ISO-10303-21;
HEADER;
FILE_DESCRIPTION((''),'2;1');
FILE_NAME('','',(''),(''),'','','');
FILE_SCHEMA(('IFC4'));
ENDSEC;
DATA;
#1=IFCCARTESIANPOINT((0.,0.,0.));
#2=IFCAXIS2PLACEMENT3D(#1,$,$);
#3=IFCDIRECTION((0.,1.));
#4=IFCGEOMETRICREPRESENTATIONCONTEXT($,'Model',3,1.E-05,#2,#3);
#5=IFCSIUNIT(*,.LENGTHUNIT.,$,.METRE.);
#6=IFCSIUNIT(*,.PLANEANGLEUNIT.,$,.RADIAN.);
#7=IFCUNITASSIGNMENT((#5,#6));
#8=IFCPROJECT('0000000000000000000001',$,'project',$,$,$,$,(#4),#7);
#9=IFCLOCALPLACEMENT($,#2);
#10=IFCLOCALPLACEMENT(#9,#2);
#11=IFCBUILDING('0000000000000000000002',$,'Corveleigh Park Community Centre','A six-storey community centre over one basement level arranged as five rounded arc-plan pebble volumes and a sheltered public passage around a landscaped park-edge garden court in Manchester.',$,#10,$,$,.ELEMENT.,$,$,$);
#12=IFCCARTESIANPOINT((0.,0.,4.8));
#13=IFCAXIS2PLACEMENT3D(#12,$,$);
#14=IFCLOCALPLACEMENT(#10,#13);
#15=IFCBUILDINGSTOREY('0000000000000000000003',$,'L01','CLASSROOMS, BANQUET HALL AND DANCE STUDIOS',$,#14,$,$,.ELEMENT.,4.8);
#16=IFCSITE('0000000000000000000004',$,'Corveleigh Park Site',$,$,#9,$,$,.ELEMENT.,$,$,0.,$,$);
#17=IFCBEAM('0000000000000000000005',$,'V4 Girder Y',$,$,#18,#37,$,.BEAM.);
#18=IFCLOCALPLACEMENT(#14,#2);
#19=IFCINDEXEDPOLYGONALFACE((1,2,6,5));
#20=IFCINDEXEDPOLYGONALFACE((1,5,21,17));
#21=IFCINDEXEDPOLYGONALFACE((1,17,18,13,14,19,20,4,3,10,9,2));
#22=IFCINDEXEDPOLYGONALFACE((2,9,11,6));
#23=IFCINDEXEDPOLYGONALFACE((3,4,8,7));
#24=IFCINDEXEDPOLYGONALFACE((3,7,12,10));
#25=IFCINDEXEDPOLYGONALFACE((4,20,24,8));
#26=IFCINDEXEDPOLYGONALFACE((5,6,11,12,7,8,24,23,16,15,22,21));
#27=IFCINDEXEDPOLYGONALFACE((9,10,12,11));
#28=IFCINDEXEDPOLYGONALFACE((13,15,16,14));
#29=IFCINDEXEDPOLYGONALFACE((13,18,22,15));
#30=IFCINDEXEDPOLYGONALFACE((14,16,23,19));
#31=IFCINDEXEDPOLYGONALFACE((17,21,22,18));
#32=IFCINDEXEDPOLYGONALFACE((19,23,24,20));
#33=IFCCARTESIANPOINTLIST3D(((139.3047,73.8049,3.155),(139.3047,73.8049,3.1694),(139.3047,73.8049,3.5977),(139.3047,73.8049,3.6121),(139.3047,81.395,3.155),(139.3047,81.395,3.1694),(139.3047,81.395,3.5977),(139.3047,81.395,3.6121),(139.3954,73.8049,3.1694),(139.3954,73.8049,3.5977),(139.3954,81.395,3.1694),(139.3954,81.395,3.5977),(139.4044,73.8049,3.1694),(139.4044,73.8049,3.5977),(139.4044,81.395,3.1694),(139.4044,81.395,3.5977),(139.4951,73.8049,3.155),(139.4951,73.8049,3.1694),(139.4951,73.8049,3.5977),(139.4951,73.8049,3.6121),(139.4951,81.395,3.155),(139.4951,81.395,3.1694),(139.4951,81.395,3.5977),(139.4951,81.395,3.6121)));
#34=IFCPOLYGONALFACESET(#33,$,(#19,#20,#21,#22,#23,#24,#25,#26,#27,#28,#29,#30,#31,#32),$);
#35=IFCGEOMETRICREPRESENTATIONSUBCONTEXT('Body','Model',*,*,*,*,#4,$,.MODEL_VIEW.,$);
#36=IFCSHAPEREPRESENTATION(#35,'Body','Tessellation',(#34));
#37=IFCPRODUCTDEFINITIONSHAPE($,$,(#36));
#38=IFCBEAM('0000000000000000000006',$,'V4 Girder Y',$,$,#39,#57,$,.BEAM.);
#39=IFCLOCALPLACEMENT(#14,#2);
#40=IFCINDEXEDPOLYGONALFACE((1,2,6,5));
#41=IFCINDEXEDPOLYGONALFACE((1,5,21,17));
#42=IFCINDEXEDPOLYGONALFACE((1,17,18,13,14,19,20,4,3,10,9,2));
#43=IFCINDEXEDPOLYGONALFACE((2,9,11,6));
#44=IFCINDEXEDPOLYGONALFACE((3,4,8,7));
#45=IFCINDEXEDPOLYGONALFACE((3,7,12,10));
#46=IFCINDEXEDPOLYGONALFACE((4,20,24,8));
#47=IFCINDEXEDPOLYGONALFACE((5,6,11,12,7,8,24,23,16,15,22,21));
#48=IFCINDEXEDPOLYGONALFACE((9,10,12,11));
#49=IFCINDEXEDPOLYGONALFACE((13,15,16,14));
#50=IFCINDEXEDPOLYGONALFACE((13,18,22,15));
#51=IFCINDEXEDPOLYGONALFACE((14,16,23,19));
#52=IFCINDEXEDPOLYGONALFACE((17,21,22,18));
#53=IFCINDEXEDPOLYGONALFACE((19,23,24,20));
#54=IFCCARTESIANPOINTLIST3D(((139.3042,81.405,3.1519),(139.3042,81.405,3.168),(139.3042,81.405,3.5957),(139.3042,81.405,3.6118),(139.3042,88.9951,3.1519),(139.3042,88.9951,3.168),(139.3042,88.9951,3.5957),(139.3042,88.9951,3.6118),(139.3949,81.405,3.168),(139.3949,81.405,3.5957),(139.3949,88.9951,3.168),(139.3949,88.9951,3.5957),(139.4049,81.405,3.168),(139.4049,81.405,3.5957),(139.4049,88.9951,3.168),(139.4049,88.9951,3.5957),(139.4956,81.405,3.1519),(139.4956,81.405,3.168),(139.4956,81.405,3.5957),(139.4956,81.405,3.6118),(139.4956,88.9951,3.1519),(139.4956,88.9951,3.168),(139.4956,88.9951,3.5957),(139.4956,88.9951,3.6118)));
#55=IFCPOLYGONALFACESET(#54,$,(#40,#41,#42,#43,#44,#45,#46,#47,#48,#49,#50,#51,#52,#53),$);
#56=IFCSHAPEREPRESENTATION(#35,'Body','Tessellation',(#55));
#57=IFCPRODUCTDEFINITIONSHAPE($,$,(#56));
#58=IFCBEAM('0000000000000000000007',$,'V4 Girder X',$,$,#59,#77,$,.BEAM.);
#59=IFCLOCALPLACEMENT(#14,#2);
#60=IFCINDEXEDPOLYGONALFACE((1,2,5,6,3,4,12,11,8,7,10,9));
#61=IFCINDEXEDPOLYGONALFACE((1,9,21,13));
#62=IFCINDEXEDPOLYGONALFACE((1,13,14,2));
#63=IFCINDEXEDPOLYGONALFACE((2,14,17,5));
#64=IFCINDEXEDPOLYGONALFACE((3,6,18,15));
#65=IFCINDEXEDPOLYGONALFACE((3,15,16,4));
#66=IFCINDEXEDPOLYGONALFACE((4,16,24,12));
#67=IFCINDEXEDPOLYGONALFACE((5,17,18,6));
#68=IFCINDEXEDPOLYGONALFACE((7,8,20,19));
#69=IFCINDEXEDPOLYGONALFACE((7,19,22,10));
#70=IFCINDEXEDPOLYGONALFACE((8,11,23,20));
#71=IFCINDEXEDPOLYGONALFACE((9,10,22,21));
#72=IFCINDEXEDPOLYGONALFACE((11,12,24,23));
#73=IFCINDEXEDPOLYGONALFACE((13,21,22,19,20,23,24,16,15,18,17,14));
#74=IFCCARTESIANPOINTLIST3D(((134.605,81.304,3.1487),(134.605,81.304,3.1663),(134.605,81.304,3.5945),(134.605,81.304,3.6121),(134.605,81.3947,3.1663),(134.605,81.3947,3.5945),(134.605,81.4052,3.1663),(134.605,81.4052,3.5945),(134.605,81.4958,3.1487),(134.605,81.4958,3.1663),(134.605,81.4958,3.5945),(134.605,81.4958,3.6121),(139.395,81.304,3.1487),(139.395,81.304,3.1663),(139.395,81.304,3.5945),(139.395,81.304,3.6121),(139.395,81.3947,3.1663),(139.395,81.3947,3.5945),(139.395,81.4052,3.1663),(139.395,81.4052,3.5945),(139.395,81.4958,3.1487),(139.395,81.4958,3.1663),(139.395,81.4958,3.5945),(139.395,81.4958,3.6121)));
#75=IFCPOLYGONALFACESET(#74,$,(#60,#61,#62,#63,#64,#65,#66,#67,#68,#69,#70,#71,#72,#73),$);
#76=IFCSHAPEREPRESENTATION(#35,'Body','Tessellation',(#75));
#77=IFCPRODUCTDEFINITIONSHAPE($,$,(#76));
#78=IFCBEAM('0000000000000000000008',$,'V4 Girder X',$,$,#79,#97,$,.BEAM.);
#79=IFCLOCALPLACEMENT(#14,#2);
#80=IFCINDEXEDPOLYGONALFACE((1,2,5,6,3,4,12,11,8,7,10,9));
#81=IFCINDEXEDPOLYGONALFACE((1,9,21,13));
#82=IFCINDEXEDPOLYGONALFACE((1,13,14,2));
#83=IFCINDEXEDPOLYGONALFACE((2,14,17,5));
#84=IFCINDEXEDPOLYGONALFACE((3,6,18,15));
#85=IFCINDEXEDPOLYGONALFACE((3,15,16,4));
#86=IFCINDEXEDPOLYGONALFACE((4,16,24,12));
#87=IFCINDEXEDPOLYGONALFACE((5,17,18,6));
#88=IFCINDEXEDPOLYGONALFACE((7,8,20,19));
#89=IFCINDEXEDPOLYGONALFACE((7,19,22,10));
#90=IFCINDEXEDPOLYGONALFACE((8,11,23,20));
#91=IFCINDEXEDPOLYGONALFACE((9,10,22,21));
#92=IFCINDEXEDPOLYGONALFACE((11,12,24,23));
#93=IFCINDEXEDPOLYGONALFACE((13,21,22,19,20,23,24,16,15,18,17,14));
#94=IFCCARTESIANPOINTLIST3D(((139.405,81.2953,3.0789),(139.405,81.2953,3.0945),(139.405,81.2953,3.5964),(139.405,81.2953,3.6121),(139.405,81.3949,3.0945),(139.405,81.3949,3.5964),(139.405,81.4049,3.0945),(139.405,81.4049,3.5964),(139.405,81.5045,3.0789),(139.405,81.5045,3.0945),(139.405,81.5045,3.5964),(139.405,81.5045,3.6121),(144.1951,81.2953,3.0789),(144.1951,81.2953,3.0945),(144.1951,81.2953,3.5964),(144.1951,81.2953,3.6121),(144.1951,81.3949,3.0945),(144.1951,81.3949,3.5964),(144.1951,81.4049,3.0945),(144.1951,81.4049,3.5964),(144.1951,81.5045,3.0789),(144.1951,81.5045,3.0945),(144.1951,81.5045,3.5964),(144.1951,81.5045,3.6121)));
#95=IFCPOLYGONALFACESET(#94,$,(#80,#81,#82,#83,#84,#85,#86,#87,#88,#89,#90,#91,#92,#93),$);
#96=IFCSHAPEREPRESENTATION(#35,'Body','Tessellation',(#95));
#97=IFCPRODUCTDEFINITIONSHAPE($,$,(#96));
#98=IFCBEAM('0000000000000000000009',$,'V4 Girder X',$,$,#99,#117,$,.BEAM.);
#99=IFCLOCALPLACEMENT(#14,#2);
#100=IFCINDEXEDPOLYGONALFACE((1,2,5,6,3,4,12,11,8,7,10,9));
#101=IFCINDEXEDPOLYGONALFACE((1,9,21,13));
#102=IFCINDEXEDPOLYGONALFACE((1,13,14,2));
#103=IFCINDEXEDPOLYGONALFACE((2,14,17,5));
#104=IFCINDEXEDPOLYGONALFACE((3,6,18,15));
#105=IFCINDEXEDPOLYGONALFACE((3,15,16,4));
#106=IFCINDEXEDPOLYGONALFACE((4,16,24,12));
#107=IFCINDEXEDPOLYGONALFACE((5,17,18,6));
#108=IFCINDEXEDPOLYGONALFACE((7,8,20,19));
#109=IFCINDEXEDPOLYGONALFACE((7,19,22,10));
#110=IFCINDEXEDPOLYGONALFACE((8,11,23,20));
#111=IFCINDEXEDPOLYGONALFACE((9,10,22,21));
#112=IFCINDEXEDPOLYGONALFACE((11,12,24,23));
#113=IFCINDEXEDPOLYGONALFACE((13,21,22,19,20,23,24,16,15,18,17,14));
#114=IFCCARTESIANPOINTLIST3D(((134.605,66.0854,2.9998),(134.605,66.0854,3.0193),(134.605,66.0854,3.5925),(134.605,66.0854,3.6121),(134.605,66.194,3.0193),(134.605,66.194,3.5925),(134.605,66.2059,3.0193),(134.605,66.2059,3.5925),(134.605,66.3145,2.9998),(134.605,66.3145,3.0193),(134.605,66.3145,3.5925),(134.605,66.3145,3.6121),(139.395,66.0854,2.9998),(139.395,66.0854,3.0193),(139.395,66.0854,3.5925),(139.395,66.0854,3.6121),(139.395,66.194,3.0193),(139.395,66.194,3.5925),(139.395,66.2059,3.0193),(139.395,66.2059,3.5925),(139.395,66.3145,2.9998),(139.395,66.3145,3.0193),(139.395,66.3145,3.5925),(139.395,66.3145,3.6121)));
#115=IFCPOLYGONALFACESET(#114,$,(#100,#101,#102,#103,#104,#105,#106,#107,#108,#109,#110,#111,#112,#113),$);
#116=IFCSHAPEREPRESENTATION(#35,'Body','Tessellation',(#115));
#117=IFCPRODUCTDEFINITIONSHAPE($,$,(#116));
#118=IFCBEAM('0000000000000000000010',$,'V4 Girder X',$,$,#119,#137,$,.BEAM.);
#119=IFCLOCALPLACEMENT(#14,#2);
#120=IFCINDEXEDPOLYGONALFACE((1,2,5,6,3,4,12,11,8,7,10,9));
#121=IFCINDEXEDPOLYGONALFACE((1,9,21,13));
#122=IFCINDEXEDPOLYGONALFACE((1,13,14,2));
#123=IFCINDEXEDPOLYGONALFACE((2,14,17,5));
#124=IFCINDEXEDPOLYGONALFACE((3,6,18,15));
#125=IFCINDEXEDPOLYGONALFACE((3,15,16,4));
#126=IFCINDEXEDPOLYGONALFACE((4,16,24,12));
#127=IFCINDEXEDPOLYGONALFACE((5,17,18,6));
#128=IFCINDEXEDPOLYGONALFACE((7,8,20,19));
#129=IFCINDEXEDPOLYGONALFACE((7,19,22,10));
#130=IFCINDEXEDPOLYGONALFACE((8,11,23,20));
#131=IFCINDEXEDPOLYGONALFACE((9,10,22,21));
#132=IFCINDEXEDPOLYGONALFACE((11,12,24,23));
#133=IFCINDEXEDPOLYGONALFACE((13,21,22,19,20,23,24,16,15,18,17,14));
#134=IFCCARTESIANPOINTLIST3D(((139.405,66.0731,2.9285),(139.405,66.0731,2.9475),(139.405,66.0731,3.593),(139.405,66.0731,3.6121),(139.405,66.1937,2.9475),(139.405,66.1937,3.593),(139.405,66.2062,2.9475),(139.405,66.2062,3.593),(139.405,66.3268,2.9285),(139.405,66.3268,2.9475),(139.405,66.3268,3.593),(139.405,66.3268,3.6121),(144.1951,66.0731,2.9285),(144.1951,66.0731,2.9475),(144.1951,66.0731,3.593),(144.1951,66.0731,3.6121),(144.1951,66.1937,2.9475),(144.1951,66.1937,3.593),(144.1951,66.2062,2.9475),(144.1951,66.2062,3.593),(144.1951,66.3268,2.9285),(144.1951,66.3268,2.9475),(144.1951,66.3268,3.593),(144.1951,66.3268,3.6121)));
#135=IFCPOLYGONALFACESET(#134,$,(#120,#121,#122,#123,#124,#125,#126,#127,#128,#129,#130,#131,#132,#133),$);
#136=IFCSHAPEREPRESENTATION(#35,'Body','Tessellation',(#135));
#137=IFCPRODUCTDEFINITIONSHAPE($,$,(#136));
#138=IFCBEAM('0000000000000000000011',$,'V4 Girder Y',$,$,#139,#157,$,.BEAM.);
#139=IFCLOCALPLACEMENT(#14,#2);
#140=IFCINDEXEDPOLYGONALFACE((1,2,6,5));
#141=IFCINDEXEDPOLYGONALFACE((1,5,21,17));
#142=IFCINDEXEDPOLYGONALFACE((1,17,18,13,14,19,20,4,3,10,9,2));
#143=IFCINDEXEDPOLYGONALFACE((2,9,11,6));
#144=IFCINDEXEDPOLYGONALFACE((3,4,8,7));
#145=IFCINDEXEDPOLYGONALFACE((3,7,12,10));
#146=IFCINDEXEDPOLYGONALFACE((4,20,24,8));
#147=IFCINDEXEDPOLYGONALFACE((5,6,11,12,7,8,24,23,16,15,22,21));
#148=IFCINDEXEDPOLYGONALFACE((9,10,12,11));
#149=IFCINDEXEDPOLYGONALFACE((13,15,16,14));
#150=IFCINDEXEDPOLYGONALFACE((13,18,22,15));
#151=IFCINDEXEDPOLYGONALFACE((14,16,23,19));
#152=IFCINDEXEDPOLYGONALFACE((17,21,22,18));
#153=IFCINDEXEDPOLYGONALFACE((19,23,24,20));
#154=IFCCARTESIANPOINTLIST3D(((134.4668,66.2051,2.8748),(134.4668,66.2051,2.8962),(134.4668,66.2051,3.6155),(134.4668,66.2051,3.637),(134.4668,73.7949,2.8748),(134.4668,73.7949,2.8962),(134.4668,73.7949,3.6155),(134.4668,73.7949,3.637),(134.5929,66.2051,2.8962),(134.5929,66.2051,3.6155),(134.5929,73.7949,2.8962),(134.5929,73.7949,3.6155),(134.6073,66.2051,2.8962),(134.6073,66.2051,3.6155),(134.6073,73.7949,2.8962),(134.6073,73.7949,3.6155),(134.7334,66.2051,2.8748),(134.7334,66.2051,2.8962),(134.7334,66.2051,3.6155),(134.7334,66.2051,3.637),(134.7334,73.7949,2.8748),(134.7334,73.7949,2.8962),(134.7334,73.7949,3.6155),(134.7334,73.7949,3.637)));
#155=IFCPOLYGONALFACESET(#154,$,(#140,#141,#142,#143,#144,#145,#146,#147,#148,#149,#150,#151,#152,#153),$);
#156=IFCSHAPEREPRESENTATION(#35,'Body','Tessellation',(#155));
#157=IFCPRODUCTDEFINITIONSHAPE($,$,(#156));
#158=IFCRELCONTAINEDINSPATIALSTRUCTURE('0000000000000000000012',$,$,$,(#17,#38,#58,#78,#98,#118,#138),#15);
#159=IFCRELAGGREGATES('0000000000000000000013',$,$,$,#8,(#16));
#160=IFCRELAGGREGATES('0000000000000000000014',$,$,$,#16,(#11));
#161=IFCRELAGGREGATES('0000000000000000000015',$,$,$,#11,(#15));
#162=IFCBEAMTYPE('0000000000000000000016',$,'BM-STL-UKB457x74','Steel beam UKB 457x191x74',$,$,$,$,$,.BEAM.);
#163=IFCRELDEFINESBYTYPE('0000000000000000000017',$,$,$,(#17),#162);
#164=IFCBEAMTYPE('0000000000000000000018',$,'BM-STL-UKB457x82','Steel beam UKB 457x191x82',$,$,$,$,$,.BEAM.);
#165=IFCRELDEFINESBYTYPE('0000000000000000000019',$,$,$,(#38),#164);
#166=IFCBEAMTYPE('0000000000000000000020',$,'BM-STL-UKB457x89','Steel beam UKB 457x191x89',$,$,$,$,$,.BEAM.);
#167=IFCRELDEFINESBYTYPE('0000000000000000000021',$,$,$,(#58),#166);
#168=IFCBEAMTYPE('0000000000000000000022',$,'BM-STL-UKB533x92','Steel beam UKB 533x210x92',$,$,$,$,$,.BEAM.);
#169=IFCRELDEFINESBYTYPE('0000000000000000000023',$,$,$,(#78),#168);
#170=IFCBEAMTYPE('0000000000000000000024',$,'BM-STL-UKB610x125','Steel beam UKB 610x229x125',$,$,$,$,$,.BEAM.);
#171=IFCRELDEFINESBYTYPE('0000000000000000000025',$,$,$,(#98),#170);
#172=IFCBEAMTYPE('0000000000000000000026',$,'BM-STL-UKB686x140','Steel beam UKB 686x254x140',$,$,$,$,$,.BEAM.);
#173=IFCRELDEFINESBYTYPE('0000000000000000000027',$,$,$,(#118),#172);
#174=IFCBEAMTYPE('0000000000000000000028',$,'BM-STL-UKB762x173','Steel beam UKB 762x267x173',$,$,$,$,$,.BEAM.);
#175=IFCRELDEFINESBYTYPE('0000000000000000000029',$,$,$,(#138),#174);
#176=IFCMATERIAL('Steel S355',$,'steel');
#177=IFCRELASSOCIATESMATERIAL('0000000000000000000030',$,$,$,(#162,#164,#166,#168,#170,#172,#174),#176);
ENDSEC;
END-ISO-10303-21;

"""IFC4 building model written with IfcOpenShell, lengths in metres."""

from ifc_helpers import new_model, si_unit, direction, frame, origin, origin_2d, place, context, subcontext, project, spatial, i_section, extrude, material, material_profile, profile_set, type_object, element, save


model = new_model("IFC4")

# Units and contexts
model_context = context("Model", 3, precision=1e-05, world=origin(), true_north=direction((0.0, 1.0)))
body_context = subcontext(model_context, "Body", "Model", "MODEL_VIEW")
ifc_project = project(units=[si_unit("LENGTHUNIT", "METRE"), si_unit("PLANEANGLEUNIT", "RADIAN")], contexts=[model_context])

# Site, building, storey
site_placement = place(None, origin())
site = spatial("IfcSite", under=ifc_project, at=site_placement, Name="Corveleigh Park Site", CompositionType="ELEMENT", RefElevation=0.0)
building_placement = place(site_placement, origin())
building = spatial("IfcBuilding", under=site, at=building_placement, Name="Corveleigh Park Community Centre", Description="A six-storey community centre over one basement level arranged as five rounded arc-plan pebble volumes and a sheltered public passage around a landscaped park-edge garden court in Manchester.", CompositionType="ELEMENT")
storey_placement = place(building_placement, frame((0.0, 0.0, 4.8)))
storey = spatial("IfcBuildingStorey", under=building, at=storey_placement, Name="L01", Description="CLASSROOMS, BANQUET HALL AND DANCE STUDIOS", CompositionType="ELEMENT", Elevation=4.8)

# Shared definitions
ifc_material_1 = material(Name="Steel S355", Category="steel")

# Beams
ifc_material_profile_1 = material_profile(ifc_material_1, i_section(OverallWidth=0.1904, OverallDepth=0.457, WebThickness=0.009, FlangeThickness=0.0144, at=origin_2d()), Name="UKB 457x191x74", Category="steel")
ifc_profile_set_1 = profile_set([ifc_material_profile_1], Name="Steel S355")
beam_type_1 = type_object("IfcBeamType", Name="BM-STL-UKB457x74", Description="Steel beam UKB 457x191x74", PredefinedType="BEAM", material=ifc_profile_set_1)
beam_1_placement = place(storey_placement, frame((139.3999, 73.8049, 3.3835), z_axis=(0.0, 1.0, 0.0), x_axis=(-1.0, 0.0, 0.0)))
element("IfcBeam", 1, at=beam_1_placement, inside=storey, type_object=beam_type_1, Name="V4 Girder Y", PredefinedType="BEAM", context=body_context, shape_type="SweptSolid", body=[
    extrude(i_section(OverallWidth=0.1904, OverallDepth=0.457, WebThickness=0.009, FlangeThickness=0.0144, at=origin_2d()), origin(), (0.0, 0.0, 1.0), 7.5901),
])
ifc_material_profile_2 = material_profile(ifc_material_1, i_section(OverallWidth=0.1914, OverallDepth=0.46, WebThickness=0.01, FlangeThickness=0.0161, at=origin_2d()), Name="UKB 457x191x82", Category="steel")
ifc_profile_set_2 = profile_set([ifc_material_profile_2], Name="Steel S355")
beam_type_2 = type_object("IfcBeamType", Name="BM-STL-UKB457x82", Description="Steel beam UKB 457x191x82", PredefinedType="BEAM", material=ifc_profile_set_2)
beam_2_placement = place(storey_placement, frame((139.3999, 81.405, 3.3818), z_axis=(0.0, 1.0, 0.0), x_axis=(-1.0, 0.0, 0.0)))
element("IfcBeam", 2, at=beam_2_placement, inside=storey, type_object=beam_type_2, Name="V4 Girder Y", PredefinedType="BEAM", context=body_context, shape_type="SweptSolid", body=[
    extrude(i_section(OverallWidth=0.1914, OverallDepth=0.46, WebThickness=0.01, FlangeThickness=0.0161, at=origin_2d()), origin(), (0.0, 0.0, 1.0), 7.5901),
])
ifc_material_profile_3 = material_profile(ifc_material_1, i_section(OverallWidth=0.1919, OverallDepth=0.4634, WebThickness=0.0105, FlangeThickness=0.0176, at=origin_2d()), Name="UKB 457x191x89", Category="steel")
ifc_profile_set_3 = profile_set([ifc_material_profile_3], Name="Steel S355")
beam_type_3 = type_object("IfcBeamType", Name="BM-STL-UKB457x89", Description="Steel beam UKB 457x191x89", PredefinedType="BEAM", material=ifc_profile_set_3)
beam_3_placement = place(storey_placement, frame((134.605, 81.3999, 3.3804), z_axis=(1.0, 0.0, 0.0), x_axis=(0.0, 1.0, 0.0)))
element("IfcBeam", 3, at=beam_3_placement, inside=storey, type_object=beam_type_3, Name="V4 Girder X", PredefinedType="BEAM", context=body_context, shape_type="SweptSolid", body=[
    extrude(i_section(OverallWidth=0.1919, OverallDepth=0.4634, WebThickness=0.0105, FlangeThickness=0.0176, at=origin_2d()), origin(), (0.0, 0.0, 1.0), 4.79),
])
ifc_material_profile_4 = material_profile(ifc_material_1, i_section(OverallWidth=0.2092, OverallDepth=0.5332, WebThickness=0.01, FlangeThickness=0.0156, at=origin_2d()), Name="UKB 533x210x92", Category="steel")
ifc_profile_set_4 = profile_set([ifc_material_profile_4], Name="Steel S355")
beam_type_4 = type_object("IfcBeamType", Name="BM-STL-UKB533x92", Description="Steel beam UKB 533x210x92", PredefinedType="BEAM", material=ifc_profile_set_4)
beam_4_placement = place(storey_placement, frame((139.405, 81.3999, 3.3455), z_axis=(1.0, 0.0, 0.0), x_axis=(0.0, 1.0, 0.0)))
element("IfcBeam", 4, at=beam_4_placement, inside=storey, type_object=beam_type_4, Name="V4 Girder X", PredefinedType="BEAM", context=body_context, shape_type="SweptSolid", body=[
    extrude(i_section(OverallWidth=0.2092, OverallDepth=0.5332, WebThickness=0.01, FlangeThickness=0.0156, at=origin_2d()), origin(), (0.0, 0.0, 1.0), 4.79),
])
ifc_material_profile_5 = material_profile(ifc_material_1, i_section(OverallWidth=0.229, OverallDepth=0.6123, WebThickness=0.012, FlangeThickness=0.0195, at=origin_2d()), Name="UKB 610x229x125", Category="steel")
ifc_profile_set_5 = profile_set([ifc_material_profile_5], Name="Steel S355")
beam_type_5 = type_object("IfcBeamType", Name="BM-STL-UKB610x125", Description="Steel beam UKB 610x229x125", PredefinedType="BEAM", material=ifc_profile_set_5)
beam_5_placement = place(storey_placement, frame((134.605, 66.2, 3.3059), z_axis=(1.0, 0.0, 0.0), x_axis=(0.0, 1.0, 0.0)))
element("IfcBeam", 5, at=beam_5_placement, inside=storey, type_object=beam_type_5, Name="V4 Girder X", PredefinedType="BEAM", context=body_context, shape_type="SweptSolid", body=[
    extrude(i_section(OverallWidth=0.229, OverallDepth=0.6123, WebThickness=0.012, FlangeThickness=0.0195, at=origin_2d()), origin(), (0.0, 0.0, 1.0), 4.79),
])
ifc_material_profile_6 = material_profile(ifc_material_1, i_section(OverallWidth=0.2537, OverallDepth=0.6836, WebThickness=0.0125, FlangeThickness=0.019, at=origin_2d()), Name="UKB 686x254x140", Category="steel")
ifc_profile_set_6 = profile_set([ifc_material_profile_6], Name="Steel S355")
beam_type_6 = type_object("IfcBeamType", Name="BM-STL-UKB686x140", Description="Steel beam UKB 686x254x140", PredefinedType="BEAM", material=ifc_profile_set_6)
beam_6_placement = place(storey_placement, frame((139.405, 66.2, 3.2703), z_axis=(1.0, 0.0, 0.0), x_axis=(0.0, 1.0, 0.0)))
element("IfcBeam", 6, at=beam_6_placement, inside=storey, type_object=beam_type_6, Name="V4 Girder X", PredefinedType="BEAM", context=body_context, shape_type="SweptSolid", body=[
    extrude(i_section(OverallWidth=0.2537, OverallDepth=0.6836, WebThickness=0.0125, FlangeThickness=0.019, at=origin_2d()), origin(), (0.0, 0.0, 1.0), 4.79),
])
ifc_material_profile_7 = material_profile(ifc_material_1, i_section(OverallWidth=0.2666, OverallDepth=0.7622, WebThickness=0.0144, FlangeThickness=0.0215, at=origin_2d()), Name="UKB 762x267x173", Category="steel")
ifc_profile_set_7 = profile_set([ifc_material_profile_7], Name="Steel S355")
beam_type_7 = type_object("IfcBeamType", Name="BM-STL-UKB762x173", Description="Steel beam UKB 762x267x173", PredefinedType="BEAM", material=ifc_profile_set_7)
beam_7_placement = place(storey_placement, frame((134.6001, 66.2051, 3.2559), z_axis=(0.0, 1.0, 0.0), x_axis=(-1.0, 0.0, 0.0)))
element("IfcBeam", 7, at=beam_7_placement, inside=storey, type_object=beam_type_7, Name="V4 Girder Y", PredefinedType="BEAM", context=body_context, shape_type="SweptSolid", body=[
    extrude(i_section(OverallWidth=0.2666, OverallDepth=0.7622, WebThickness=0.0144, FlangeThickness=0.0215, at=origin_2d()), origin(), (0.0, 0.0, 1.0), 7.5898),
])

save(model, "model.ifc")
